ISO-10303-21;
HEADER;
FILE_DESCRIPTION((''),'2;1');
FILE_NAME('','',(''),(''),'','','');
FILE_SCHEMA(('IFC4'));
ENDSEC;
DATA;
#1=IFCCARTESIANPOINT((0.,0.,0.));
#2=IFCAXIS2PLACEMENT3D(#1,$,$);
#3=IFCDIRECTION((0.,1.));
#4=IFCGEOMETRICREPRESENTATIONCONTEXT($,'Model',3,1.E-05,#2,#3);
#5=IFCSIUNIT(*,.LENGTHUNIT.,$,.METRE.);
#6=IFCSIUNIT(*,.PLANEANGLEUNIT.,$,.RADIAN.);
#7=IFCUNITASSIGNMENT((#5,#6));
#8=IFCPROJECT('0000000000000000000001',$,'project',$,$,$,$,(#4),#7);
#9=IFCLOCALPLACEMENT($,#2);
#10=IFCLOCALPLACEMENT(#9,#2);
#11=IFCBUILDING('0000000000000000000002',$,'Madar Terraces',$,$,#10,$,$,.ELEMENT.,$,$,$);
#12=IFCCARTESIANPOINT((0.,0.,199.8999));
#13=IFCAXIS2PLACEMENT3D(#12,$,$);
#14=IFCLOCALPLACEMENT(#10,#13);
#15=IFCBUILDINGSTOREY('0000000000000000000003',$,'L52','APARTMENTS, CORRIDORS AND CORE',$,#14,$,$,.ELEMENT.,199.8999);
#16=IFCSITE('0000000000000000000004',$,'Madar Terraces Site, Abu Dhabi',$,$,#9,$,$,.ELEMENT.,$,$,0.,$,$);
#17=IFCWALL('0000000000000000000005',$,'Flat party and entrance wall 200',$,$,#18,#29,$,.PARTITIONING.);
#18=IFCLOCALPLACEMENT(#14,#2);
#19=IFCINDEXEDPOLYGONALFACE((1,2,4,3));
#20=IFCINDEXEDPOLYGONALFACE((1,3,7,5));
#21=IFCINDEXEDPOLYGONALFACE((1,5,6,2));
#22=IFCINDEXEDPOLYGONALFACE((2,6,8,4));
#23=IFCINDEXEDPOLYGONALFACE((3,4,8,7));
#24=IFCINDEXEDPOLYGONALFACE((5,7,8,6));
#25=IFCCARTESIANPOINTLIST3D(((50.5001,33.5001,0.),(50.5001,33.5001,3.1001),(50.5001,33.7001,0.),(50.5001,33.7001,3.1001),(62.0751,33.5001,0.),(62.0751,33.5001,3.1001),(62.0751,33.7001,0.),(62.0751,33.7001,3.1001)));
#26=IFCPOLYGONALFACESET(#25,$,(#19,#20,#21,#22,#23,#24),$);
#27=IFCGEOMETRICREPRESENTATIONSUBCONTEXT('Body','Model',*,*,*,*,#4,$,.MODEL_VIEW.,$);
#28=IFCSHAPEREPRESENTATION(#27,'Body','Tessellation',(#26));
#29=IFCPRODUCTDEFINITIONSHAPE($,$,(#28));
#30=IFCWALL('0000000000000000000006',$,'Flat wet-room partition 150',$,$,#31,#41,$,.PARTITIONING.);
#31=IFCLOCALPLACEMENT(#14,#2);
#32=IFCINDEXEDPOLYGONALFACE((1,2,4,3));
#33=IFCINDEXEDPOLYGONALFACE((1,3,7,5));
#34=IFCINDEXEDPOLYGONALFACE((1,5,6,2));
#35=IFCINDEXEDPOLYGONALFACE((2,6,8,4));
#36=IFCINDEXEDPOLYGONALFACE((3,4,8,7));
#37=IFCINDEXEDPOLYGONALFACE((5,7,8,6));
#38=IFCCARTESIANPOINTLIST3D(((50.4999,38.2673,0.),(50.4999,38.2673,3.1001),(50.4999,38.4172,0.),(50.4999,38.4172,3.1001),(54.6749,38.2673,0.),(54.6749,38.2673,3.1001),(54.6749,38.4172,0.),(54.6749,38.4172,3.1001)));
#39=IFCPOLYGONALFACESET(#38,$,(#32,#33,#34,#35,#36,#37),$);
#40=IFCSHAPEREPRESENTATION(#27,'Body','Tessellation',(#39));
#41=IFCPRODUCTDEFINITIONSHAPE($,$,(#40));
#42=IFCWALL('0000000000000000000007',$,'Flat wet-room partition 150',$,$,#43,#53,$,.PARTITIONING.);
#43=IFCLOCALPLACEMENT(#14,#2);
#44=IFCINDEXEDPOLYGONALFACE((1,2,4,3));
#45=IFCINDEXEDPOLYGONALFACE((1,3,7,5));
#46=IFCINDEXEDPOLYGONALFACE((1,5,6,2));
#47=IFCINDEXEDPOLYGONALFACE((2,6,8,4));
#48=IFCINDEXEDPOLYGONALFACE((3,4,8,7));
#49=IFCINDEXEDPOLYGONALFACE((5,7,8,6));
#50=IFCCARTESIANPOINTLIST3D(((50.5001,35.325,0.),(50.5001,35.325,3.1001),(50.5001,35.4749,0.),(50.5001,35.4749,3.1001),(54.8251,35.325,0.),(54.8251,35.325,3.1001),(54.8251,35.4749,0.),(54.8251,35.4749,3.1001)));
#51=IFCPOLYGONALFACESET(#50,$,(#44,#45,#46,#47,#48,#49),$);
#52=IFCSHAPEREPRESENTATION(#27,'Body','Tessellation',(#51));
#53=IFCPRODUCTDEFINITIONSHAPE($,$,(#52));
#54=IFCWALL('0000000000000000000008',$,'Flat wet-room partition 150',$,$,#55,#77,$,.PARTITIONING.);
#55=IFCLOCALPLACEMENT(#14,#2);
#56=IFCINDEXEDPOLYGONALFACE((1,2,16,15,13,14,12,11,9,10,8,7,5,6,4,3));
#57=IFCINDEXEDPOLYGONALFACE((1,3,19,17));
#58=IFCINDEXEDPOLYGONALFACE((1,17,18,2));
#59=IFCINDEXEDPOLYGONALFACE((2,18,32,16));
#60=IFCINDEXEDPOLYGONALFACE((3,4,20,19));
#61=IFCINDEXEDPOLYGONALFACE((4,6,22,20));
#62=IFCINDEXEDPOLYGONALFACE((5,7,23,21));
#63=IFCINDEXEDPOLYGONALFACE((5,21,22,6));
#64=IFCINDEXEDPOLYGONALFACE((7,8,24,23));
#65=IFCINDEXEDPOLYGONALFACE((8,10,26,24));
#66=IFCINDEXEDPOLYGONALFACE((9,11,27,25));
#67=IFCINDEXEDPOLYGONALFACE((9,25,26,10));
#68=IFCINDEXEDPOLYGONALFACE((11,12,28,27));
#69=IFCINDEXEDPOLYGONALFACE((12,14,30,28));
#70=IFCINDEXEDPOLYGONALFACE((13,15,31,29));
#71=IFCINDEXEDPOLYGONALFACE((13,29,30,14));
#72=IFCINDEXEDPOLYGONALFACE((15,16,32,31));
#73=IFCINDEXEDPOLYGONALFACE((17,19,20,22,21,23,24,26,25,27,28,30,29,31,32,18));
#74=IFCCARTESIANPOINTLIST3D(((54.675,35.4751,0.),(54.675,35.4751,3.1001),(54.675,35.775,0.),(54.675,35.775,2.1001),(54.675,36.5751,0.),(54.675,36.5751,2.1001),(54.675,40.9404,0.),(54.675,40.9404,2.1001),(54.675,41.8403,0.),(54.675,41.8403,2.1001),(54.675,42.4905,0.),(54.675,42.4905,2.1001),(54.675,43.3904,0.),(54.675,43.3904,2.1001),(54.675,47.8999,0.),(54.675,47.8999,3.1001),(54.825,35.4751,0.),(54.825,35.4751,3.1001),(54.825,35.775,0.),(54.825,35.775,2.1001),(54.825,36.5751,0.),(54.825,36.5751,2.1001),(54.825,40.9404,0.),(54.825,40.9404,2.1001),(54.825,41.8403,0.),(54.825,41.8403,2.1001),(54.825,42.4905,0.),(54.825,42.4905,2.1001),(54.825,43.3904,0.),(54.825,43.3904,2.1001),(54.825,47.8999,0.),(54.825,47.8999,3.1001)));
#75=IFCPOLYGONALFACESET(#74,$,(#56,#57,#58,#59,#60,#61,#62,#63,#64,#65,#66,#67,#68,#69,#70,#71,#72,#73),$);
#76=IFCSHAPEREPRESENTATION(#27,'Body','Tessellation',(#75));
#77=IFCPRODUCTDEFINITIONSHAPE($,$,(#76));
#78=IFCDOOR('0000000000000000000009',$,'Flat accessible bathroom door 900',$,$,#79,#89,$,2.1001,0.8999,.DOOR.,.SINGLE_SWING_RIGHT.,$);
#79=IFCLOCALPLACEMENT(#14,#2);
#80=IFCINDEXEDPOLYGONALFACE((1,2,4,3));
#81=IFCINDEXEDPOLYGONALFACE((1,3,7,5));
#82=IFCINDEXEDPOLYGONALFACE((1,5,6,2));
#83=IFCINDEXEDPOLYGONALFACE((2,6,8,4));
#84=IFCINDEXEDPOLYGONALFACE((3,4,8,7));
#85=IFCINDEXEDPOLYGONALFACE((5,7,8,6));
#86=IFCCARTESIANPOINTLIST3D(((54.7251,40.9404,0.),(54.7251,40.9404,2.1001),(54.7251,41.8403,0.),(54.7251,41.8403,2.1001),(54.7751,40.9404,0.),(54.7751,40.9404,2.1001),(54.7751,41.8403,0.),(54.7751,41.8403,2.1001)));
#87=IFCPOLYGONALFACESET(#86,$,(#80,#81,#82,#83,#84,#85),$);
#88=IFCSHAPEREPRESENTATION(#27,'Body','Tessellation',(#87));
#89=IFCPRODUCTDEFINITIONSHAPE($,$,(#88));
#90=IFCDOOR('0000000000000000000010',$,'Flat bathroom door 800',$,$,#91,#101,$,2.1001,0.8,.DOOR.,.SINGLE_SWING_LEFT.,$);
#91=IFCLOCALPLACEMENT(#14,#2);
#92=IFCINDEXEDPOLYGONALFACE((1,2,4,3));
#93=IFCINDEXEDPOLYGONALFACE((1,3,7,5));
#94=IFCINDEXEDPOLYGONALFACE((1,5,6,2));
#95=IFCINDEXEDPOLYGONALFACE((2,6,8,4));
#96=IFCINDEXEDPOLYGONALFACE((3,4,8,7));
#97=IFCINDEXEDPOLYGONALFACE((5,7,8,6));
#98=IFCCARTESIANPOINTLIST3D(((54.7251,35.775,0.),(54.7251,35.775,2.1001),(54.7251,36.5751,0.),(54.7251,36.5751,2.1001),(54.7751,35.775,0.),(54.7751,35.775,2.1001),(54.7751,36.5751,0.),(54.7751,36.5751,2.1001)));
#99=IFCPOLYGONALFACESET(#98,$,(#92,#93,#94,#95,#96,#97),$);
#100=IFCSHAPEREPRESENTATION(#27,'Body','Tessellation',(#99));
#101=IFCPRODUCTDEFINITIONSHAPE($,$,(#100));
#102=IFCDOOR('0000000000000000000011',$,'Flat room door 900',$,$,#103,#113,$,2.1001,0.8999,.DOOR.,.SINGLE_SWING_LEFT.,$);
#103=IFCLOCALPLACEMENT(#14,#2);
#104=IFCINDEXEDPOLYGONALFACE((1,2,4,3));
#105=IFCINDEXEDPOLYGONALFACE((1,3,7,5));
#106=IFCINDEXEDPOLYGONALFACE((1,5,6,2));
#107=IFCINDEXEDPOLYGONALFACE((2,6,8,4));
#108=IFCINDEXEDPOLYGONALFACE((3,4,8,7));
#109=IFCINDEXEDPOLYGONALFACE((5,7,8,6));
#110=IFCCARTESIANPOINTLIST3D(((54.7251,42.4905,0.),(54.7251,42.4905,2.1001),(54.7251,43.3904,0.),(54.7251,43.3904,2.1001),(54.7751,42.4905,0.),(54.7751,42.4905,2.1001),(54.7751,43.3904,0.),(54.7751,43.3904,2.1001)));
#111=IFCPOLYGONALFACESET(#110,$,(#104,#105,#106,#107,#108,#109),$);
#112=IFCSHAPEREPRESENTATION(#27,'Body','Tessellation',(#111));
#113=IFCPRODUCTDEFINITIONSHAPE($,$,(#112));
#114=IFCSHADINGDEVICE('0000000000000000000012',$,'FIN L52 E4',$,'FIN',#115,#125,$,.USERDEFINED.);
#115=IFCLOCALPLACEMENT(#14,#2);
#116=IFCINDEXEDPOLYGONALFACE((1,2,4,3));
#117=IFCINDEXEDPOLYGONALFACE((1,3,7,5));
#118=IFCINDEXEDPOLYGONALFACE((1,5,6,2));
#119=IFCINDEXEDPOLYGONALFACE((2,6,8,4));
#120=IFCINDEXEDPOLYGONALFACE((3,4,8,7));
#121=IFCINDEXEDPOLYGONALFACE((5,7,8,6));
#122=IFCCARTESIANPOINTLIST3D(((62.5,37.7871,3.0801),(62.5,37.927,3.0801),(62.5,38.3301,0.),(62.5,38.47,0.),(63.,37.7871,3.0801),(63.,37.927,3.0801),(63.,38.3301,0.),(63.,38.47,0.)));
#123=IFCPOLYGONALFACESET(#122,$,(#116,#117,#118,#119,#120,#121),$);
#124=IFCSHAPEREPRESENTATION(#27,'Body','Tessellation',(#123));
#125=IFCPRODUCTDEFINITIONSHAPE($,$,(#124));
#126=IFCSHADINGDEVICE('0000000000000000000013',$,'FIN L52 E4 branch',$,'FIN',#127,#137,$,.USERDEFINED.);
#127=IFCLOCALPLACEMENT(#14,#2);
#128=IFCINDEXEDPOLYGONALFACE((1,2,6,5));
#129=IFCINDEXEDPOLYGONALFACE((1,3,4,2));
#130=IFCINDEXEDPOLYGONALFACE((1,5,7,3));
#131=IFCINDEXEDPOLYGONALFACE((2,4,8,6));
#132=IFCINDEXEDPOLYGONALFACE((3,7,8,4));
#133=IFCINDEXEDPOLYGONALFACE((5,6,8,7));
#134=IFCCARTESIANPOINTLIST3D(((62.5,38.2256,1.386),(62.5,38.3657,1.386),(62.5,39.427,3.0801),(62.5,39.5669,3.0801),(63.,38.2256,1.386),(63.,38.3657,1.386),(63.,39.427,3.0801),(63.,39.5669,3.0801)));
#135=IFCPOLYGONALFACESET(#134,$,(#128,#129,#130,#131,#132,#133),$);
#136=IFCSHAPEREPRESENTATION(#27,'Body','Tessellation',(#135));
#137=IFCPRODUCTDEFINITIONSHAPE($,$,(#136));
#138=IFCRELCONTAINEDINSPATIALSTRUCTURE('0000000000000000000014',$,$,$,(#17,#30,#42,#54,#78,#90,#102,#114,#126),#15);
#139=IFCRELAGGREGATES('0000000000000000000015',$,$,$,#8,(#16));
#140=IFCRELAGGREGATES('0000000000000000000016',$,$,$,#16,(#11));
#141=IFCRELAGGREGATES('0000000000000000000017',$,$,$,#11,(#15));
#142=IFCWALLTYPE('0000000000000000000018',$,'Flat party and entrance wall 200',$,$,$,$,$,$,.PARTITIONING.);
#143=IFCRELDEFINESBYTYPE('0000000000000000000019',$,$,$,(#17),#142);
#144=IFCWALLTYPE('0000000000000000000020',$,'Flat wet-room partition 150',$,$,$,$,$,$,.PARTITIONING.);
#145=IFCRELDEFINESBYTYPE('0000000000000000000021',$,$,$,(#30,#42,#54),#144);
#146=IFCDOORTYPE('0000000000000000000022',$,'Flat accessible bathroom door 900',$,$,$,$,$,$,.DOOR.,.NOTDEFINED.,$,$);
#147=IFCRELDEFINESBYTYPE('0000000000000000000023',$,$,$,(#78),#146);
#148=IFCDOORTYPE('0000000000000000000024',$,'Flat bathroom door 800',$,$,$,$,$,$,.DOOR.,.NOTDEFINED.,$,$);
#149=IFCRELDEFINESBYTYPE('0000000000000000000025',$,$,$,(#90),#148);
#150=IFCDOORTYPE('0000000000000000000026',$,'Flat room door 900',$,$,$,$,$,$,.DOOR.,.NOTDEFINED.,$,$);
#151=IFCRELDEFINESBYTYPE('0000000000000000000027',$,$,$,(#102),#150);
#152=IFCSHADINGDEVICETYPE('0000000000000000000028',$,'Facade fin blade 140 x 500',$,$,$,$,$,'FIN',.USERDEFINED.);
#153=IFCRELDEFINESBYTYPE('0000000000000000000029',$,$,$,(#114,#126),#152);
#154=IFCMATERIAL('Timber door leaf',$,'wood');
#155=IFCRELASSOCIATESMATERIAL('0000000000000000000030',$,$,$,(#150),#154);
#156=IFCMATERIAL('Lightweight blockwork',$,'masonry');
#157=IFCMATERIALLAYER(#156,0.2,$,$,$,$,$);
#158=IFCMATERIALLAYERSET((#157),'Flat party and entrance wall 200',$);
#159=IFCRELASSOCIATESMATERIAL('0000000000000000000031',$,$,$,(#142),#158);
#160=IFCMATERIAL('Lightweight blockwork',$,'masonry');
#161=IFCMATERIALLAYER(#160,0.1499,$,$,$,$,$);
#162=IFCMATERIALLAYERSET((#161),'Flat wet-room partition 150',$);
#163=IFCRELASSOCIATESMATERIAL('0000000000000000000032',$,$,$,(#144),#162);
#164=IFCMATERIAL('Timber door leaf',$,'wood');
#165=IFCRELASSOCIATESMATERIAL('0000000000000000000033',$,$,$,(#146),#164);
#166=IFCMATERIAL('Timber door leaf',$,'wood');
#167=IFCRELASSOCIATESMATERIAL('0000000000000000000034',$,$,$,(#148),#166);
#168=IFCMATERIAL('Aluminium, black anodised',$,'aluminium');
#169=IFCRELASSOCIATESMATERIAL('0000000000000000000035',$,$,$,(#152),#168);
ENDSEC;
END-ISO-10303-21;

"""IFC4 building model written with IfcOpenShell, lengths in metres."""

from ifc_helpers import new_model, si_unit, direction, frame, frame_2d, origin, place, context, subcontext, project, spatial, polyline, rectangle, outline, extrude, material, layer, layer_set, type_object, element, fill, save


model = new_model("IFC4")

# Units and contexts
model_context = context("Model", 3, precision=1e-05, world=origin(), true_north=direction((0.0, 1.0)))
body_context = subcontext(model_context, "Body", "Model", "MODEL_VIEW")
ifc_project = project(units=[si_unit("LENGTHUNIT", "METRE"), si_unit("PLANEANGLEUNIT", "RADIAN")], contexts=[model_context])

# Site, building, storey
site_placement = place(None, origin())
site = spatial("IfcSite", under=ifc_project, at=site_placement, Name="Madar Terraces Site, Abu Dhabi", CompositionType="ELEMENT", RefElevation=0.0)
building_placement = place(site_placement, origin())
building = spatial("IfcBuilding", under=site, at=building_placement, Name="Madar Terraces", CompositionType="ELEMENT")
storey_placement = place(building_placement, frame((0.0, 0.0, 199.8999)))
storey = spatial("IfcBuildingStorey", under=building, at=storey_placement, Name="L52", Description="APARTMENTS, CORRIDORS AND CORE", CompositionType="ELEMENT", Elevation=199.8999)

# Shared definitions
ifc_material_1 = material(Name="Timber door leaf", Category="wood")
door_type_1 = type_object("IfcDoorType", Name="Flat room door 900", OperationType="NOTDEFINED", PredefinedType="DOOR", material=ifc_material_1)

# Walls
ifc_material_2 = material(Name="Lightweight blockwork", Category="masonry")
ifc_layer_1 = layer(ifc_material_2, 0.2)
ifc_layer_set_1 = layer_set([ifc_layer_1], Name="Flat party and entrance wall 200")
wall_type_1 = type_object("IfcWallType", Name="Flat party and entrance wall 200", PredefinedType="PARTITIONING", material=ifc_layer_set_1)
wall_1_placement = place(storey_placement, frame((50.5, 33.6001, 0.0), z_axis=(0.0, 0.0, 1.0), x_axis=(1.0, 0.0, 0.0)))
element("IfcWall", 1, at=wall_1_placement, inside=storey, type_object=wall_type_1, Name="Flat party and entrance wall 200", PredefinedType="PARTITIONING", context=body_context, shape_type="SweptSolid", body=[
    extrude(rectangle(XDim=11.575, YDim=0.2, at=frame_2d((5.7876, 0.0))), origin(), (0.0, 0.0, 1.0), 3.1001),
])
ifc_material_3 = material(Name="Lightweight blockwork", Category="masonry")
ifc_layer_2 = layer(ifc_material_3, 0.1499)
ifc_layer_set_2 = layer_set([ifc_layer_2], Name="Flat wet-room partition 150")
wall_type_2 = type_object("IfcWallType", Name="Flat wet-room partition 150", PredefinedType="PARTITIONING", material=ifc_layer_set_2)
wall_2_placement = place(storey_placement, frame((50.5, 38.3423, 0.0), z_axis=(0.0, 0.0, 1.0), x_axis=(1.0, 0.0, 0.0)))
element("IfcWall", 2, at=wall_2_placement, inside=storey, type_object=wall_type_2, Name="Flat wet-room partition 150", PredefinedType="PARTITIONING", context=body_context, shape_type="SweptSolid", body=[
    extrude(rectangle(XDim=4.175, YDim=0.1499, at=frame_2d((2.0874, 0.0))), origin(), (0.0, 0.0, 1.0), 3.1001),
])
wall_3_placement = place(storey_placement, frame((50.5, 35.3999, 0.0), z_axis=(0.0, 0.0, 1.0), x_axis=(1.0, 0.0, 0.0)))
element("IfcWall", 3, at=wall_3_placement, inside=storey, type_object=wall_type_2, Name="Flat wet-room partition 150", PredefinedType="PARTITIONING", context=body_context, shape_type="SweptSolid", body=[
    extrude(rectangle(XDim=4.325, YDim=0.1499, at=frame_2d((2.1626, 0.0))), origin(), (0.0, 0.0, 1.0), 3.1001),
])

# Wall, openings, doors
wall_4_placement = place(storey_placement, frame((54.75, 35.4751, 0.0), z_axis=(0.0, 0.0, 1.0), x_axis=(0.0, 1.0, 0.0)))
wall_4 = element("IfcWall", 4, at=wall_4_placement, inside=storey, type_object=wall_type_2, Name="Flat wet-room partition 150", PredefinedType="PARTITIONING", context=body_context, shape_type="SweptSolid", body=[
    extrude(rectangle(XDim=12.4248, YDim=0.1499, at=frame_2d((6.2124, 0.0))), origin(), (0.0, 0.0, 1.0), 3.1001),
])
opening_1_placement = place(wall_4_placement, frame((0.3, 0.0, 0.0)))
opening_1 = element("IfcOpeningElement", 5, at=opening_1_placement, cuts=wall_4, PredefinedType="OPENING", context=body_context, shape_type="SweptSolid", body=[
    extrude(rectangle(XDim=0.8, YDim=2.1001, at=frame_2d((0.3999, 1.05))), frame((0.0, 0.085, 0.0), z_axis=(0.0, -1.0, 0.0), x_axis=(1.0, 0.0, 0.0)), (0.0, 0.0, 1.0), 0.1699),
])
opening_2_placement = place(wall_4_placement, frame((5.4653, 0.0, 0.0)))
opening_2 = element("IfcOpeningElement", 6, at=opening_2_placement, cuts=wall_4, PredefinedType="OPENING", context=body_context, shape_type="SweptSolid", body=[
    extrude(rectangle(XDim=0.8999, YDim=2.1001, at=frame_2d((0.45, 1.05))), frame((0.0, 0.085, 0.0), z_axis=(0.0, -1.0, 0.0), x_axis=(1.0, 0.0, 0.0)), (0.0, 0.0, 1.0), 0.1699),
])
opening_3_placement = place(wall_4_placement, frame((7.0154, 0.0, 0.0)))
opening_3 = element("IfcOpeningElement", 7, at=opening_3_placement, cuts=wall_4, PredefinedType="OPENING", context=body_context, shape_type="SweptSolid", body=[
    extrude(rectangle(XDim=0.8999, YDim=2.1001, at=frame_2d((0.45, 1.05))), frame((0.0, 0.085, 0.0), z_axis=(0.0, -1.0, 0.0), x_axis=(1.0, 0.0, 0.0)), (0.0, 0.0, 1.0), 0.1699),
])
ifc_material_4 = material(Name="Timber door leaf", Category="wood")
door_type_2 = type_object("IfcDoorType", Name="Flat accessible bathroom door 900", OperationType="NOTDEFINED", PredefinedType="DOOR", material=ifc_material_4)
door_1_placement = place(opening_2_placement, origin())
door_1 = element("IfcDoor", 8, at=door_1_placement, inside=storey, type_object=door_type_2, Name="Flat accessible bathroom door 900", OperationType="SINGLE_SWING_RIGHT", OverallHeight=2.1001, OverallWidth=0.8999, PredefinedType="DOOR", context=body_context, shape_type="SweptSolid", body=[
    extrude(rectangle(XDim=0.8999, YDim=2.1001, at=frame_2d((0.45, 1.05))), frame((0.0, 0.0249, 0.0), z_axis=(0.0, -1.0, 0.0), x_axis=(1.0, 0.0, 0.0)), (0.0, 0.0, 1.0), 0.05),
])
fill(opening_2, door_1)
ifc_material_5 = material(Name="Timber door leaf", Category="wood")
door_type_3 = type_object("IfcDoorType", Name="Flat bathroom door 800", OperationType="NOTDEFINED", PredefinedType="DOOR", material=ifc_material_5)
door_2_placement = place(opening_1_placement, origin())
door_2 = element("IfcDoor", 9, at=door_2_placement, inside=storey, type_object=door_type_3, Name="Flat bathroom door 800", OperationType="SINGLE_SWING_LEFT", OverallHeight=2.1001, OverallWidth=0.8, PredefinedType="DOOR", context=body_context, shape_type="SweptSolid", body=[
    extrude(rectangle(XDim=0.8, YDim=2.1001, at=frame_2d((0.3999, 1.05))), frame((0.0, 0.0249, 0.0), z_axis=(0.0, -1.0, 0.0), x_axis=(1.0, 0.0, 0.0)), (0.0, 0.0, 1.0), 0.05),
])
fill(opening_1, door_2)
door_3_placement = place(opening_3_placement, origin())
door_3 = element("IfcDoor", 10, at=door_3_placement, inside=storey, type_object=door_type_1, Name="Flat room door 900", OperationType="SINGLE_SWING_LEFT", OverallHeight=2.1001, OverallWidth=0.8999, PredefinedType="DOOR", context=body_context, shape_type="SweptSolid", body=[
    extrude(rectangle(XDim=0.8999, YDim=2.1001, at=frame_2d((0.45, 1.05))), frame((0.0, 0.0249, 0.0), z_axis=(0.0, -1.0, 0.0), x_axis=(1.0, 0.0, 0.0)), (0.0, 0.0, 1.0), 0.05),
])
fill(opening_3, door_3)

# Shading devices
ifc_material_6 = material(Name="Aluminium, black anodised", Category="aluminium")
shading_device_type = type_object("IfcShadingDeviceType", Name="Facade fin blade 140 x 500", ElementType="FIN", PredefinedType="USERDEFINED", material=ifc_material_6)
shading_device_1_placement = place(storey_placement, frame((62.75, 38.3301, 0.0), z_axis=(0.0, 0.0, 1.0), x_axis=(0.0, 1.0, 0.0)))
element("IfcShadingDevice", 11, at=shading_device_1_placement, inside=storey, type_object=shading_device_type, Name="FIN L52 E4", ObjectType="FIN", PredefinedType="USERDEFINED", context=body_context, shape_type="SweptSolid", body=[
    extrude(outline(polyline([(0.0, 0.0), (0.1399, 0.0), (-0.4031, 3.0801), (-0.543, 3.0801), (0.0, 0.0)])), frame((0.0, 0.25, 0.0), z_axis=(0.0, -1.0, 0.0), x_axis=(1.0, 0.0, 0.0)), (0.0, 0.0, 1.0), 0.5),
])
shading_device_2_placement = place(storey_placement, frame((62.75, 38.2256, 1.386), z_axis=(0.0, 0.0, 1.0), x_axis=(0.0, 1.0, 0.0)))
element("IfcShadingDevice", 12, at=shading_device_2_placement, inside=storey, type_object=shading_device_type, Name="FIN L52 E4 branch", ObjectType="FIN", PredefinedType="USERDEFINED", context=body_context, shape_type="SweptSolid", body=[
    extrude(outline(polyline([(0.0, 0.0), (0.1401, 0.0), (1.3413, 1.6941), (1.2014, 1.6941), (0.0, 0.0)])), frame((0.0, 0.25, 0.0), z_axis=(0.0, -1.0, 0.0), x_axis=(1.0, 0.0, 0.0)), (0.0, 0.0, 1.0), 0.5),
])

save(model, "model.ifc")
